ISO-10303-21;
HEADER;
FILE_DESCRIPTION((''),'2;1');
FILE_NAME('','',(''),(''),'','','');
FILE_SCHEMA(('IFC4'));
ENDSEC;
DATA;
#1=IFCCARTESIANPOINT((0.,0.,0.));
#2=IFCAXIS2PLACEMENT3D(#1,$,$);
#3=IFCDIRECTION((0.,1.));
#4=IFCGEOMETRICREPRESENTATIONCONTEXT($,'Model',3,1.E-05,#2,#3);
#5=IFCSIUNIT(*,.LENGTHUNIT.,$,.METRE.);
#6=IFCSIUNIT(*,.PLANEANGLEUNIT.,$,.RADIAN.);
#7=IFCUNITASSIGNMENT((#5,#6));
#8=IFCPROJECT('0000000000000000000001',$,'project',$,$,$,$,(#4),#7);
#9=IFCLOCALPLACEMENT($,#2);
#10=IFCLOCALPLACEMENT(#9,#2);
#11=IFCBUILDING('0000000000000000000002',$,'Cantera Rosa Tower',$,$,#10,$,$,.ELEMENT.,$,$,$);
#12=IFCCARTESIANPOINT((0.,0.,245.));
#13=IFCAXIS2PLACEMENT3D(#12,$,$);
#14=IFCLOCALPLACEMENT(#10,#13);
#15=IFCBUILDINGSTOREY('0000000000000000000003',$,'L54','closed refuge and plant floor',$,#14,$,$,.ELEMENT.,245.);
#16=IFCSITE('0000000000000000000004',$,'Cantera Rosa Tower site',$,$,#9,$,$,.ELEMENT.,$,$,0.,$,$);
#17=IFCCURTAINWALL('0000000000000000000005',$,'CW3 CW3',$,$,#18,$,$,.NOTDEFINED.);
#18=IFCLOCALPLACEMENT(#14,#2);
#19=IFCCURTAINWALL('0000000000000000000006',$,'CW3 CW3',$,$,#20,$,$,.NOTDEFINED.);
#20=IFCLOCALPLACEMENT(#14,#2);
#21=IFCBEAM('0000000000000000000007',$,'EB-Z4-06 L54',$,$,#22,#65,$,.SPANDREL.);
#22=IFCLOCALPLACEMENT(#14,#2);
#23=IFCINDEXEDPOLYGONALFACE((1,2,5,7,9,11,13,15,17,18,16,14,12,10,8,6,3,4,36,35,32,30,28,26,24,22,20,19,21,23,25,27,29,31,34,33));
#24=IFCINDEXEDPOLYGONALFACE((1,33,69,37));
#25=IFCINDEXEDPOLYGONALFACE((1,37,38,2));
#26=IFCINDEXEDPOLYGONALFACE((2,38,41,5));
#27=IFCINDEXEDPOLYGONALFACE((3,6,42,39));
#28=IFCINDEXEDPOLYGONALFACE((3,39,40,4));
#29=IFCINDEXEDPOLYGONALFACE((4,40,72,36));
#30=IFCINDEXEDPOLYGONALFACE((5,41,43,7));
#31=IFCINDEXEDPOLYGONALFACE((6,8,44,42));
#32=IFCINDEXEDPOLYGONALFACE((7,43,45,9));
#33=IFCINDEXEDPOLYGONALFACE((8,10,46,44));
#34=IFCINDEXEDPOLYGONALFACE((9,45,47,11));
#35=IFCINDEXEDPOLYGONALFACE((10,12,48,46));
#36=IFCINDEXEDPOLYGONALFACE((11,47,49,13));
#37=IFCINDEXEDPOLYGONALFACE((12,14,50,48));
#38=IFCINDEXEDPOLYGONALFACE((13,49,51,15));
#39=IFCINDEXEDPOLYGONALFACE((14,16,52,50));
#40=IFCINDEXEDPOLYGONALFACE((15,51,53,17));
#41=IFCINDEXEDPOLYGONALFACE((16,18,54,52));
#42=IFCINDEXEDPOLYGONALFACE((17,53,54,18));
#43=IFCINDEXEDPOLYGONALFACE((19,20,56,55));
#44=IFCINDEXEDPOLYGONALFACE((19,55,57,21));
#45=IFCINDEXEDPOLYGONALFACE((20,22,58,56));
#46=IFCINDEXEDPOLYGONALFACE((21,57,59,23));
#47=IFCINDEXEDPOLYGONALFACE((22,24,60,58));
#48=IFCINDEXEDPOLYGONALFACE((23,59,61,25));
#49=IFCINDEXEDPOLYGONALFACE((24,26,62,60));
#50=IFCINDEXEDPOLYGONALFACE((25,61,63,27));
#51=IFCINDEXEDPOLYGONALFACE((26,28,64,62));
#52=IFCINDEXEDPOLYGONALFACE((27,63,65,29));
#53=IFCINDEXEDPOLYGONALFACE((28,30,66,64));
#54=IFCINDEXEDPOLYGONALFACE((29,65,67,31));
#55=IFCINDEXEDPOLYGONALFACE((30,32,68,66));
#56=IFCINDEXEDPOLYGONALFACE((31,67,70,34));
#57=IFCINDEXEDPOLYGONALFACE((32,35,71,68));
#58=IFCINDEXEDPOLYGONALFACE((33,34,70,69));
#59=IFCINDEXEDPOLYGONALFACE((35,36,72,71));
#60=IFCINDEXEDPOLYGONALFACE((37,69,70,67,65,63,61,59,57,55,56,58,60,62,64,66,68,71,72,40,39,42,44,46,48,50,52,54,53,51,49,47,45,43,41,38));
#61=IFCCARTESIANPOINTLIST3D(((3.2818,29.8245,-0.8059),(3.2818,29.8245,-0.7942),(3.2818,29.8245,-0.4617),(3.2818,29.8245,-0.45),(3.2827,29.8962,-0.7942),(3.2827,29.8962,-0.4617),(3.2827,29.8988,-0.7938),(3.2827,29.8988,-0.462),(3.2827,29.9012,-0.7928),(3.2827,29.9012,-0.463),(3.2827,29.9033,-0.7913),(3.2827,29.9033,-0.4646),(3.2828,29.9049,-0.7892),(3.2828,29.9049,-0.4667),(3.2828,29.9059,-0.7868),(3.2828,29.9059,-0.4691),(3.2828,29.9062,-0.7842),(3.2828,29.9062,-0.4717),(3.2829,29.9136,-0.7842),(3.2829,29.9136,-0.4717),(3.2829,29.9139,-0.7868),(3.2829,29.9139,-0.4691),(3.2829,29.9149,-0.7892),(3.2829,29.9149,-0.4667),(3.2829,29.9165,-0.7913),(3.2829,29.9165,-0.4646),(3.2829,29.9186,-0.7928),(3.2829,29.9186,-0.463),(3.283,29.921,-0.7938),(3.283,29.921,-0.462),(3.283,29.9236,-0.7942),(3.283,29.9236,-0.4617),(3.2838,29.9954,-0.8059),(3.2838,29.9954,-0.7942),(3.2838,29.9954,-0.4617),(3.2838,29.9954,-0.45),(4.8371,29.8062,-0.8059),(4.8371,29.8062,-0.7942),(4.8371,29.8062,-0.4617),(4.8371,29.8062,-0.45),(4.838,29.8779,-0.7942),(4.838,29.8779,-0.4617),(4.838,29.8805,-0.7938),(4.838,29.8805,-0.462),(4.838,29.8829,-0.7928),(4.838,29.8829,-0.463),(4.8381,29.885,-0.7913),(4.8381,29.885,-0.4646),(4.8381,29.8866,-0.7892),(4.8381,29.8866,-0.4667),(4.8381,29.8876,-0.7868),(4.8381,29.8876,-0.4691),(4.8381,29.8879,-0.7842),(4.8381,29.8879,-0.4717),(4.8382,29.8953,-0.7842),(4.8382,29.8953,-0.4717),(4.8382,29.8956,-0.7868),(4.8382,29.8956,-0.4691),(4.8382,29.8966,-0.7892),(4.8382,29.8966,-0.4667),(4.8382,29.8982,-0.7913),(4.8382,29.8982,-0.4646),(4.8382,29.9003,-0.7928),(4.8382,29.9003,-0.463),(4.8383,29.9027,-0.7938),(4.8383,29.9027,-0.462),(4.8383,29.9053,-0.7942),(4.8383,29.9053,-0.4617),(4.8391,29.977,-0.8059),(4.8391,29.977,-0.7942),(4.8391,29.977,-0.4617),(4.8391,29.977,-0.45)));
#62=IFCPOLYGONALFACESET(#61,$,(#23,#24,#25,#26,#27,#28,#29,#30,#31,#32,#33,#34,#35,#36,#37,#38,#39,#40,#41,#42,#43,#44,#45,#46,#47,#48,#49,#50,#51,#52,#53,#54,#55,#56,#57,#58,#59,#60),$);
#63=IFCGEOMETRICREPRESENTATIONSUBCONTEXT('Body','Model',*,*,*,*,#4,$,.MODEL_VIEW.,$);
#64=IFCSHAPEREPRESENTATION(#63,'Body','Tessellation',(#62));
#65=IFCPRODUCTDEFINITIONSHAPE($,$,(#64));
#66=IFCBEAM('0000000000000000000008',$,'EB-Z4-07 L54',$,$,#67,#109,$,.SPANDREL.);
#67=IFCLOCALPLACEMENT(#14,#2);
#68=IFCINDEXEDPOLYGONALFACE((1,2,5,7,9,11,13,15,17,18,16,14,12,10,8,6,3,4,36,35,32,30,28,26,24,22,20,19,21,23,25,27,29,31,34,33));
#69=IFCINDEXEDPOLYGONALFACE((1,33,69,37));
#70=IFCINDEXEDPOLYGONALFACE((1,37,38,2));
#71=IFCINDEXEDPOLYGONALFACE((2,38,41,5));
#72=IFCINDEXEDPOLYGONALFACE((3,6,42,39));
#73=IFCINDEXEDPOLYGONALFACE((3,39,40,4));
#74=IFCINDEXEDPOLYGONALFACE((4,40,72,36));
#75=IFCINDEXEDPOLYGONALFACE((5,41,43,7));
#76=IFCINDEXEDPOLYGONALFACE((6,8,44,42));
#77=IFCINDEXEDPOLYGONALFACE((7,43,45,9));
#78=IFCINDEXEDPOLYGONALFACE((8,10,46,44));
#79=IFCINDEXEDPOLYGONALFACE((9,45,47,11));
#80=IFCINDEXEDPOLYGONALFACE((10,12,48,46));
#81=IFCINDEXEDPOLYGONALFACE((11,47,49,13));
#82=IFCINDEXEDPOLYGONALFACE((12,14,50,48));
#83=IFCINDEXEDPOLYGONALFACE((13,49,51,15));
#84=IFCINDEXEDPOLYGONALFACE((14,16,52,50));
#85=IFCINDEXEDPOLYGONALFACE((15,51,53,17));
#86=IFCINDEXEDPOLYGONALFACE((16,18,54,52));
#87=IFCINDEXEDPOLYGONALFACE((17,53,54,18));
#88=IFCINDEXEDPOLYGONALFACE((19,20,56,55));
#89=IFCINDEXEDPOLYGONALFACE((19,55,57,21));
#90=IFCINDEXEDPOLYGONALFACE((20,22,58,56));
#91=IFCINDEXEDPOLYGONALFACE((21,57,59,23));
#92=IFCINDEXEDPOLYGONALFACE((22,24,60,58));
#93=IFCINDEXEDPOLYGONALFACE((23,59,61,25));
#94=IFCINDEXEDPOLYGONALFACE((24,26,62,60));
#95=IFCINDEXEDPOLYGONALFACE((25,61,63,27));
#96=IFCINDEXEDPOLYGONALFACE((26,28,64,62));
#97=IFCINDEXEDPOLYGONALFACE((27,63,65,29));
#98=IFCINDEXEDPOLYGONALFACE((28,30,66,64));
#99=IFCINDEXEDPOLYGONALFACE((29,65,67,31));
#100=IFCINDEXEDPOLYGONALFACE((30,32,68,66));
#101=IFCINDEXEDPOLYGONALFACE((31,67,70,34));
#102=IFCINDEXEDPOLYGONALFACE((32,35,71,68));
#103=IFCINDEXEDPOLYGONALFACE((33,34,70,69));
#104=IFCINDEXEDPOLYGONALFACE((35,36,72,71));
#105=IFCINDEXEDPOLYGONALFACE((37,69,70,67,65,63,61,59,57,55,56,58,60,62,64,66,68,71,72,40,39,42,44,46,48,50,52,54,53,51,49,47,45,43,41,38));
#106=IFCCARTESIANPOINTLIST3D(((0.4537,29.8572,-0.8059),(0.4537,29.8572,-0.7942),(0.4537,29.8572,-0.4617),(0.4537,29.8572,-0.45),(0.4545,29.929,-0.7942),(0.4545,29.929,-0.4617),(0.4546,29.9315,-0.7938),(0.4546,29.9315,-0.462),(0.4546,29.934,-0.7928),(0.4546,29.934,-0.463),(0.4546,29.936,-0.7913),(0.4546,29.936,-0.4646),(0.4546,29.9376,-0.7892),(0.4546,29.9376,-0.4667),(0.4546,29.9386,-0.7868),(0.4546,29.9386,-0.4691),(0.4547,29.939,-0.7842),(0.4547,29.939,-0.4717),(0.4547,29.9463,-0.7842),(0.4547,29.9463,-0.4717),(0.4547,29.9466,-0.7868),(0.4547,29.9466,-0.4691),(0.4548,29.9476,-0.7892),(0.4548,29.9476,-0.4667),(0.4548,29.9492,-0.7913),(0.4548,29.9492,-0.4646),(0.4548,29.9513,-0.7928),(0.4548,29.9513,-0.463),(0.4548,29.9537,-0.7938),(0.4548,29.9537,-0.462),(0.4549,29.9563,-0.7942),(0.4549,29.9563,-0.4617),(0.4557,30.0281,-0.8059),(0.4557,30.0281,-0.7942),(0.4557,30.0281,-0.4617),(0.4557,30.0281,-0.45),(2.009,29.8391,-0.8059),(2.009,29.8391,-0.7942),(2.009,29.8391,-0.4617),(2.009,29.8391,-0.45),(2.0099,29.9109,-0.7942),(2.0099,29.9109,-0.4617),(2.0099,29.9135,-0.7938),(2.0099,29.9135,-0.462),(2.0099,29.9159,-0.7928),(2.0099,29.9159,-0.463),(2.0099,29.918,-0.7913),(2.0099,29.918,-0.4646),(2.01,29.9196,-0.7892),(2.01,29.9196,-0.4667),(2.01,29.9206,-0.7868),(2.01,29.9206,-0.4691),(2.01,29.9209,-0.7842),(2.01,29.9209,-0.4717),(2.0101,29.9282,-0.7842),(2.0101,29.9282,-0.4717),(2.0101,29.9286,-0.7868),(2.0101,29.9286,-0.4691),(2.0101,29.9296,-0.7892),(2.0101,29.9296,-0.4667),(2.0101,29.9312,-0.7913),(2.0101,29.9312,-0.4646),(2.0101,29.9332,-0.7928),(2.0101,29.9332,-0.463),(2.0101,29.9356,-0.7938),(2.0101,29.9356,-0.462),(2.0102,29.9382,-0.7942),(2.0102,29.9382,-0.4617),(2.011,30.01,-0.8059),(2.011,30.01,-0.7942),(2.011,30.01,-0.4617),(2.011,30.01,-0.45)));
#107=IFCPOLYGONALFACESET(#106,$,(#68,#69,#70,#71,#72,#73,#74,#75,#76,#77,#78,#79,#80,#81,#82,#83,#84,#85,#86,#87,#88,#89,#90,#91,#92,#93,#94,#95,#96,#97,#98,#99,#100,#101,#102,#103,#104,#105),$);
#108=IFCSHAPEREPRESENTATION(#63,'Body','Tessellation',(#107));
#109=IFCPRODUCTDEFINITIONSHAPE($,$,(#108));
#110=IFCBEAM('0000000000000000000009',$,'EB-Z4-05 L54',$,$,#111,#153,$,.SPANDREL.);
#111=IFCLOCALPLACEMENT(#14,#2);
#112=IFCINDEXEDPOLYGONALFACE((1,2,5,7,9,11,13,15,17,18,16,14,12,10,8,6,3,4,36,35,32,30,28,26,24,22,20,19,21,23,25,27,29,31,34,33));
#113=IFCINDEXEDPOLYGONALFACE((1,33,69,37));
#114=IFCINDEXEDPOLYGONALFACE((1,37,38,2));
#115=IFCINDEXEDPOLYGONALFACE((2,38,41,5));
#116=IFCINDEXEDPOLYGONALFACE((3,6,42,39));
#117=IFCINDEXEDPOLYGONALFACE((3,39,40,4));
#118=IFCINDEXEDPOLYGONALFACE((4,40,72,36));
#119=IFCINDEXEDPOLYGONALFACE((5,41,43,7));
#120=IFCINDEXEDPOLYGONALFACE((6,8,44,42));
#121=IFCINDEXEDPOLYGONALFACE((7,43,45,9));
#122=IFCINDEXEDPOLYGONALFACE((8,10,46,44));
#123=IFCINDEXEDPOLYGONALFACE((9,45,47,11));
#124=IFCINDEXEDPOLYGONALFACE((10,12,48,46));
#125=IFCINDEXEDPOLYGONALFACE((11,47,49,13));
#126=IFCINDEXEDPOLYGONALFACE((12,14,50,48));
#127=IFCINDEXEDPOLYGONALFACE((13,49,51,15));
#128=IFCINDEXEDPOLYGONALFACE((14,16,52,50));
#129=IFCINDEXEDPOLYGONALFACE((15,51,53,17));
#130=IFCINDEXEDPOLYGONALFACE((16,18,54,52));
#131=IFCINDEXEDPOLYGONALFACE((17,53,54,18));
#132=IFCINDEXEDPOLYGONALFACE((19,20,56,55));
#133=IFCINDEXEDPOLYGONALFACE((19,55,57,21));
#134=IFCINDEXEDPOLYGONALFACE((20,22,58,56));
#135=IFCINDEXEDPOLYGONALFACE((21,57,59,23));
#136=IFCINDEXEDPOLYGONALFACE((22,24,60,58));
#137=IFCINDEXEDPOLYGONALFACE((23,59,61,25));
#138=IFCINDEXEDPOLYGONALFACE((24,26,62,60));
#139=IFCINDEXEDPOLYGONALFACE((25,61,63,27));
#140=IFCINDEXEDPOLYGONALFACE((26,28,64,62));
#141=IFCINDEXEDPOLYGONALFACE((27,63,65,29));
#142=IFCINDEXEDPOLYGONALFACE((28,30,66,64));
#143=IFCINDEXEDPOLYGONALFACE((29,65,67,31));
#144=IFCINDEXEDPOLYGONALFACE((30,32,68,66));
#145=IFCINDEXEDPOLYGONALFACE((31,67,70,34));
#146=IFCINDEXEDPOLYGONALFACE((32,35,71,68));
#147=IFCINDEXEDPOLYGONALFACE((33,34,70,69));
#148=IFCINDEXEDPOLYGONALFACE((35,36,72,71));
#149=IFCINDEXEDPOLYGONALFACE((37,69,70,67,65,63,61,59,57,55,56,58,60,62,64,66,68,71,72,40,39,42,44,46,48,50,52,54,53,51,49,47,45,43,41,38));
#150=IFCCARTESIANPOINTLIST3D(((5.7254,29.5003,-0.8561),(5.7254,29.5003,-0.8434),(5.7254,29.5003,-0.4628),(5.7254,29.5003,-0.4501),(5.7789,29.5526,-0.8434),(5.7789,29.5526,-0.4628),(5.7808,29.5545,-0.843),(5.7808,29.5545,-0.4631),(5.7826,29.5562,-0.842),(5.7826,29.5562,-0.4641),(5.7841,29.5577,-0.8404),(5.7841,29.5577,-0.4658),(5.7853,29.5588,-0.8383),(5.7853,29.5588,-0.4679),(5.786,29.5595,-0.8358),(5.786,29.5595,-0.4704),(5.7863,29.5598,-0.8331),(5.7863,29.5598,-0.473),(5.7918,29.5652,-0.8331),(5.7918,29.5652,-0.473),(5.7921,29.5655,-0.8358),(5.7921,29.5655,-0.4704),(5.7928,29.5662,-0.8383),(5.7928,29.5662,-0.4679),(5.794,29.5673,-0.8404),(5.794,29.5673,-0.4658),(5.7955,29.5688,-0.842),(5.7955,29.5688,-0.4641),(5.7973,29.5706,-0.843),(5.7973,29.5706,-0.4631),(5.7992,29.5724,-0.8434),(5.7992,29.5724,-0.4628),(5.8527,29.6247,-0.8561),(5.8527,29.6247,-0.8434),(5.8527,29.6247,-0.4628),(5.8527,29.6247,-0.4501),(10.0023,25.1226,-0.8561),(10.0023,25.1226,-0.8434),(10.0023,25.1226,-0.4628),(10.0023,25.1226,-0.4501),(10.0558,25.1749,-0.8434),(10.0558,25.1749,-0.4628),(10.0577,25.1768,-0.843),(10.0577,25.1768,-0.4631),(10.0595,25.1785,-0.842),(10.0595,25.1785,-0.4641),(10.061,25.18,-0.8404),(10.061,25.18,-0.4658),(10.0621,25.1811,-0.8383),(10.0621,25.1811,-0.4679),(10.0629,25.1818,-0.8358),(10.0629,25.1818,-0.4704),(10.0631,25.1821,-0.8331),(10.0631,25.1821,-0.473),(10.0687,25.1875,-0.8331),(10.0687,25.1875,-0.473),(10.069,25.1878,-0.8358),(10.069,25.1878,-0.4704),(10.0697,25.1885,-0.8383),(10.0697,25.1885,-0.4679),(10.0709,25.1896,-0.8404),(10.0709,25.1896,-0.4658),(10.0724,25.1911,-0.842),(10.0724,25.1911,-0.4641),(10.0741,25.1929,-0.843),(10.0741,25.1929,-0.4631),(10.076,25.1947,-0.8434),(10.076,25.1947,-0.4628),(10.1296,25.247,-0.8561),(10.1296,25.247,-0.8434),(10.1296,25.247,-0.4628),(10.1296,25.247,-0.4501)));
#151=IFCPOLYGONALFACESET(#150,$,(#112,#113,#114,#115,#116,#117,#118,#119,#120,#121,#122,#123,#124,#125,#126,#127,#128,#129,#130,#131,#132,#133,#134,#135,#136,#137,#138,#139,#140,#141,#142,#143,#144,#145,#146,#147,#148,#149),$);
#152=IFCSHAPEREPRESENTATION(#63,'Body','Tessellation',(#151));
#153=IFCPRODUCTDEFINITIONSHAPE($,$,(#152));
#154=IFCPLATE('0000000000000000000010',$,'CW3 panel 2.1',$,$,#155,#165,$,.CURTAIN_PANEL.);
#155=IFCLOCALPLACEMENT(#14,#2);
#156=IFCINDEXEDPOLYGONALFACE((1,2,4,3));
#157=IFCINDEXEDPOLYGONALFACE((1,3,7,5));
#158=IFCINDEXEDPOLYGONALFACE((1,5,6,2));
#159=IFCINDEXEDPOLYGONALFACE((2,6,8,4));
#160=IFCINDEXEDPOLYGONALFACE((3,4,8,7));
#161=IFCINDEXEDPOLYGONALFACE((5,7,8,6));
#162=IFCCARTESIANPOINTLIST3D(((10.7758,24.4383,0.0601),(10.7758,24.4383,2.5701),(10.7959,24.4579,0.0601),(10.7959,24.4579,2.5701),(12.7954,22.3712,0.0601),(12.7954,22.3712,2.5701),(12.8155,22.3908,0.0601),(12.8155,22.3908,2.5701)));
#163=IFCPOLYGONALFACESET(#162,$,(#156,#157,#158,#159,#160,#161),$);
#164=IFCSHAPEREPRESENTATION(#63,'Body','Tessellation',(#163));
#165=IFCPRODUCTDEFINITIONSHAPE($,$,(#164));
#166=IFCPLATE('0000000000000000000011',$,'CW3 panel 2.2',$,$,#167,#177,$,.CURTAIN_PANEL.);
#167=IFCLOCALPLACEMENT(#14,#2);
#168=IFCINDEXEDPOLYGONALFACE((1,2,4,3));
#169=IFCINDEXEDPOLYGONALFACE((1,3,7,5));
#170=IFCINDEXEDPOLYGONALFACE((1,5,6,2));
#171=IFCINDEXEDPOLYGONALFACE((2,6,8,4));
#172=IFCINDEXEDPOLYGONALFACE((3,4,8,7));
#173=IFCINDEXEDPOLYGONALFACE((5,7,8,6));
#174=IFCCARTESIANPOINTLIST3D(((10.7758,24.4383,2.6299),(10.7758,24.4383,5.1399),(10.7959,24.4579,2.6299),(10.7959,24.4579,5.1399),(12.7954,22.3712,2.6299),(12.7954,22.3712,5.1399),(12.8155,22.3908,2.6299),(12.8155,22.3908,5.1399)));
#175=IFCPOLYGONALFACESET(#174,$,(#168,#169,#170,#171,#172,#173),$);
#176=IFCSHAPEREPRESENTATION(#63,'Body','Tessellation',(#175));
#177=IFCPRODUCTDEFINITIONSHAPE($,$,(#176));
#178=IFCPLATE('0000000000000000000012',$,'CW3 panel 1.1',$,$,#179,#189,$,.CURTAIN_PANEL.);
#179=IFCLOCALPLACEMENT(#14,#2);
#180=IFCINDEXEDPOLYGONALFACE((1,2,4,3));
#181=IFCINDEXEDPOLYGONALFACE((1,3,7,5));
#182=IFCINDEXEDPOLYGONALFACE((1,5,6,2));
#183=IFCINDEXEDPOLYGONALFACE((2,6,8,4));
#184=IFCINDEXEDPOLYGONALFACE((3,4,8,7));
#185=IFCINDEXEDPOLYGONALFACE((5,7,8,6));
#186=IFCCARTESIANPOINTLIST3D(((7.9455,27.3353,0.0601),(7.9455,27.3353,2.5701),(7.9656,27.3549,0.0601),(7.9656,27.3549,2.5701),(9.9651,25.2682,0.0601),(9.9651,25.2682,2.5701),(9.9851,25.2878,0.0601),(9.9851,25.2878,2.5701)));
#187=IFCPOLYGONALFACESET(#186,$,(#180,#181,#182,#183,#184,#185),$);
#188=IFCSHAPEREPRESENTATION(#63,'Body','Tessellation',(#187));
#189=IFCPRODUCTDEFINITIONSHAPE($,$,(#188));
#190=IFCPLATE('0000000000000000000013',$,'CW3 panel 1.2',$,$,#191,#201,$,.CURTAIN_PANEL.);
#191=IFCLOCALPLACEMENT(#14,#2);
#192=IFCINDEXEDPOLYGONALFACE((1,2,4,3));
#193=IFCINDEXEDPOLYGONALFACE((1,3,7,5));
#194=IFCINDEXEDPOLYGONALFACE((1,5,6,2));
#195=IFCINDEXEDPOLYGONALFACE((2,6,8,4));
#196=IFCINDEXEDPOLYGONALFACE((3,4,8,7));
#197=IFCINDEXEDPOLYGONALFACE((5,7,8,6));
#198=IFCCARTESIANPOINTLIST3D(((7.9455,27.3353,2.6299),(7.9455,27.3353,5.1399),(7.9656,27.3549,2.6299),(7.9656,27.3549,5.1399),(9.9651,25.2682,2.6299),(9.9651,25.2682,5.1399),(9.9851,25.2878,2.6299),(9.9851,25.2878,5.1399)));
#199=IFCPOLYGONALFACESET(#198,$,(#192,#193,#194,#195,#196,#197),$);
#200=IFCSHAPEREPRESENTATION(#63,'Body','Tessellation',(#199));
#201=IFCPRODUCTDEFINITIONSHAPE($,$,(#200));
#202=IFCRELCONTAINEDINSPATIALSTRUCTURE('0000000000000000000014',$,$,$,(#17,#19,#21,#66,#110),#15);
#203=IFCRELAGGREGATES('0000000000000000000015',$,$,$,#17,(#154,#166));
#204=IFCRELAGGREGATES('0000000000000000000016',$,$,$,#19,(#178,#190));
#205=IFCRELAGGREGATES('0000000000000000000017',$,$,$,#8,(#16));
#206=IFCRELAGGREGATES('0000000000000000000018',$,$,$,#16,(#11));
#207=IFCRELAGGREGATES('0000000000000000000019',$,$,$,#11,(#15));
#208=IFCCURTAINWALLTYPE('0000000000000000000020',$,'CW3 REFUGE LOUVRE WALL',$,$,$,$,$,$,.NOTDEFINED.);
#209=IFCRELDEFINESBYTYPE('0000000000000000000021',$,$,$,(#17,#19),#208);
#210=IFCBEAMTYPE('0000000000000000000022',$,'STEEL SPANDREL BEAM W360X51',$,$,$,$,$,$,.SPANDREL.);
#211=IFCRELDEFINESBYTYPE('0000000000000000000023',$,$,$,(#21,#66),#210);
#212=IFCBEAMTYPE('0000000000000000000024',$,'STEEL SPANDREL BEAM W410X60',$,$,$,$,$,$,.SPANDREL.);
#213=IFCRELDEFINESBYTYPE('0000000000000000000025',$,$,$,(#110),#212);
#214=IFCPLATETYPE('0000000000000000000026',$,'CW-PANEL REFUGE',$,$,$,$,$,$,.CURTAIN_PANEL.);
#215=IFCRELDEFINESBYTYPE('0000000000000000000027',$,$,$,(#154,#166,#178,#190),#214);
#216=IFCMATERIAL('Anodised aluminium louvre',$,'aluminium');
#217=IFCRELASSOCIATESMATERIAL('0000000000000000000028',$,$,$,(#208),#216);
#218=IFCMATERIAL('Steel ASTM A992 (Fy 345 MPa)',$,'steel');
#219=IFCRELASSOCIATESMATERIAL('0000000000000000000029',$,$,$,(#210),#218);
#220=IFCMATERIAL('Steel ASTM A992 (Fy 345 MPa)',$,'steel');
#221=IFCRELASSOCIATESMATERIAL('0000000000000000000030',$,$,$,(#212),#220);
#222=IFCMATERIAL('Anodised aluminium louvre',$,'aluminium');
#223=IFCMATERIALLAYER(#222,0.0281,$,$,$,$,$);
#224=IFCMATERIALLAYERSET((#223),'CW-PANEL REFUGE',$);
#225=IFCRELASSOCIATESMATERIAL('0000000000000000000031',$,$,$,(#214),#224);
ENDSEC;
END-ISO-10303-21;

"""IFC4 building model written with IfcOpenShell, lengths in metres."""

from ifc_helpers import new_model, si_unit, direction, frame, origin, origin_2d, place, context, subcontext, project, spatial, rectangle, i_section, extrude, material, layer, layer_set, material_profile, profile_set, type_object, element, aggregate, save


model = new_model("IFC4")

# Units and contexts
model_context = context("Model", 3, precision=1e-05, world=origin(), true_north=direction((0.0, 1.0)))
body_context = subcontext(model_context, "Body", "Model", "MODEL_VIEW")
ifc_project = project(units=[si_unit("LENGTHUNIT", "METRE"), si_unit("PLANEANGLEUNIT", "RADIAN")], contexts=[model_context])

# Site, building, storey
site_placement = place(None, origin())
site = spatial("IfcSite", under=ifc_project, at=site_placement, Name="Cantera Rosa Tower site", CompositionType="ELEMENT", RefElevation=0.0)
building_placement = place(site_placement, origin())
building = spatial("IfcBuilding", under=site, at=building_placement, Name="Cantera Rosa Tower", CompositionType="ELEMENT")
storey_placement = place(building_placement, frame((0.0, 0.0, 245.0)))
storey = spatial("IfcBuildingStorey", under=building, at=storey_placement, Name="L54", Description="closed refuge and plant floor", CompositionType="ELEMENT", Elevation=245.0)

# Curtain wall
ifc_material_1 = material(Name="Anodised aluminium louvre", Category="aluminium")
curtain_wall_type = type_object("IfcCurtainWallType", Name="CW3 REFUGE LOUVRE WALL", PredefinedType="NOTDEFINED", material=ifc_material_1)
curtain_wall_1_placement = place(storey_placement, origin())
curtain_wall_1 = element("IfcCurtainWall", 1, at=curtain_wall_1_placement, inside=storey, type_object=curtain_wall_type, Name="CW3 CW3", PredefinedType="NOTDEFINED")

# Curtain wall
curtain_wall_2_placement = place(storey_placement, origin())
curtain_wall_2 = element("IfcCurtainWall", 2, at=curtain_wall_2_placement, inside=storey, type_object=curtain_wall_type, Name="CW3 CW3", PredefinedType="NOTDEFINED")

# Beams
ifc_material_2 = material(Name="Steel ASTM A992 (Fy 345 MPa)", Category="steel")
ifc_material_profile_1 = material_profile(ifc_material_2, i_section(OverallWidth=0.1709, OverallDepth=0.356, WebThickness=0.0073, FlangeThickness=0.0117, FilletRadius=0.01, at=origin_2d()), Name="W360X51")
ifc_profile_set_1 = profile_set([ifc_material_profile_1], Name="Steel ASTM A992 (Fy 345 MPa)")
beam_type_1 = type_object("IfcBeamType", Name="STEEL SPANDREL BEAM W360X51", PredefinedType="SPANDREL", material=ifc_profile_set_1)
for number, where, z_axis, x_axis, name in (
    (3, (4.8381, 29.8916, -0.6279), (-0.999931, 0.011771, 0.0), (-0.011771, -0.999931, 0.0), "EB-Z4-06 L54"),
    (4, (2.01, 29.9246, -0.6279), (-0.999933, 0.011614, 0.0), (-0.011614, -0.999933, 0.0), "EB-Z4-07 L54"),
):
    element("IfcBeam", number, at=place(storey_placement, frame(where, z_axis=z_axis, x_axis=x_axis)), inside=storey, type_object=beam_type_1, Name=name, PredefinedType="SPANDREL", context=body_context, shape_type="SweptSolid", body=[
        extrude(i_section(OverallWidth=0.1709, OverallDepth=0.356, WebThickness=0.0073, FlangeThickness=0.0117, FilletRadius=0.01, at=origin_2d()), origin(), (0.0, 0.0, 1.0), 1.5554),
    ])
ifc_material_3 = material(Name="Steel ASTM A992 (Fy 345 MPa)", Category="steel")
ifc_material_profile_2 = material_profile(ifc_material_3, i_section(OverallWidth=0.178, OverallDepth=0.406, WebThickness=0.0078, FlangeThickness=0.0127, FilletRadius=0.0103, at=origin_2d()), Name="W410X60")
ifc_profile_set_2 = profile_set([ifc_material_profile_2], Name="Steel ASTM A992 (Fy 345 MPa)")
beam_type_2 = type_object("IfcBeamType", Name="STEEL SPANDREL BEAM W410X60", PredefinedType="SPANDREL", material=ifc_profile_set_2)
beam_1_placement = place(storey_placement, frame((10.0659, 25.1848, -0.6531), z_axis=(-0.698821, 0.715296, 0.0), x_axis=(-0.715296, -0.698821, 0.0)))
element("IfcBeam", 5, at=beam_1_placement, inside=storey, type_object=beam_type_2, Name="EB-Z4-05 L54", PredefinedType="SPANDREL", context=body_context, shape_type="SweptSolid", body=[
    extrude(i_section(OverallWidth=0.178, OverallDepth=0.406, WebThickness=0.0078, FlangeThickness=0.0127, FilletRadius=0.0103, at=origin_2d()), origin(), (0.0, 0.0, 1.0), 6.1201),
])

# Plates
ifc_material_4 = material(Name="Anodised aluminium louvre", Category="aluminium")
ifc_layer_1 = layer(ifc_material_4, 0.0281)
ifc_layer_set_1 = layer_set([ifc_layer_1], Name="CW-PANEL REFUGE")
plate_type = type_object("IfcPlateType", Name="CW-PANEL REFUGE", PredefinedType="CURTAIN_PANEL", material=ifc_layer_set_1)
plate_1_placement = place(storey_placement, frame((11.7957, 23.4146, 0.0601), z_axis=(0.0, 0.0, 1.0), x_axis=(-0.698832, 0.715286, 0.0)))
plate_1 = element("IfcPlate", 6, at=plate_1_placement, type_object=plate_type, Name="CW3 panel 2.1", PredefinedType="CURTAIN_PANEL", context=body_context, shape_type="SweptSolid", body=[
    extrude(rectangle(XDim=2.8899, YDim=0.0281, at=origin_2d()), origin(), (0.0, 0.0, 1.0), 2.51),
])
plate_2_placement = place(storey_placement, frame((11.7957, 23.4146, 2.6299), z_axis=(0.0, 0.0, 1.0), x_axis=(-0.698832, 0.715286, 0.0)))
plate_2 = element("IfcPlate", 7, at=plate_2_placement, type_object=plate_type, Name="CW3 panel 2.2", PredefinedType="CURTAIN_PANEL", context=body_context, shape_type="SweptSolid", body=[
    extrude(rectangle(XDim=2.8899, YDim=0.0281, at=origin_2d()), origin(), (0.0, 0.0, 1.0), 2.51),
])
aggregate(curtain_wall_1, [plate_1, plate_2])
plate_3_placement = place(storey_placement, frame((8.9653, 26.3115, 0.0601), z_axis=(0.0, 0.0, 1.0), x_axis=(-0.698832, 0.715286, 0.0)))
plate_3 = element("IfcPlate", 8, at=plate_3_placement, type_object=plate_type, Name="CW3 panel 1.1", PredefinedType="CURTAIN_PANEL", context=body_context, shape_type="SweptSolid", body=[
    extrude(rectangle(XDim=2.8899, YDim=0.0281, at=origin_2d()), origin(), (0.0, 0.0, 1.0), 2.51),
])
plate_4_placement = place(storey_placement, frame((8.9653, 26.3115, 2.6299), z_axis=(0.0, 0.0, 1.0), x_axis=(-0.698832, 0.715286, 0.0)))
plate_4 = element("IfcPlate", 9, at=plate_4_placement, type_object=plate_type, Name="CW3 panel 1.2", PredefinedType="CURTAIN_PANEL", context=body_context, shape_type="SweptSolid", body=[
    extrude(rectangle(XDim=2.8899, YDim=0.0281, at=origin_2d()), origin(), (0.0, 0.0, 1.0), 2.51),
])
aggregate(curtain_wall_2, [plate_3, plate_4])

save(model, "model.ifc")
